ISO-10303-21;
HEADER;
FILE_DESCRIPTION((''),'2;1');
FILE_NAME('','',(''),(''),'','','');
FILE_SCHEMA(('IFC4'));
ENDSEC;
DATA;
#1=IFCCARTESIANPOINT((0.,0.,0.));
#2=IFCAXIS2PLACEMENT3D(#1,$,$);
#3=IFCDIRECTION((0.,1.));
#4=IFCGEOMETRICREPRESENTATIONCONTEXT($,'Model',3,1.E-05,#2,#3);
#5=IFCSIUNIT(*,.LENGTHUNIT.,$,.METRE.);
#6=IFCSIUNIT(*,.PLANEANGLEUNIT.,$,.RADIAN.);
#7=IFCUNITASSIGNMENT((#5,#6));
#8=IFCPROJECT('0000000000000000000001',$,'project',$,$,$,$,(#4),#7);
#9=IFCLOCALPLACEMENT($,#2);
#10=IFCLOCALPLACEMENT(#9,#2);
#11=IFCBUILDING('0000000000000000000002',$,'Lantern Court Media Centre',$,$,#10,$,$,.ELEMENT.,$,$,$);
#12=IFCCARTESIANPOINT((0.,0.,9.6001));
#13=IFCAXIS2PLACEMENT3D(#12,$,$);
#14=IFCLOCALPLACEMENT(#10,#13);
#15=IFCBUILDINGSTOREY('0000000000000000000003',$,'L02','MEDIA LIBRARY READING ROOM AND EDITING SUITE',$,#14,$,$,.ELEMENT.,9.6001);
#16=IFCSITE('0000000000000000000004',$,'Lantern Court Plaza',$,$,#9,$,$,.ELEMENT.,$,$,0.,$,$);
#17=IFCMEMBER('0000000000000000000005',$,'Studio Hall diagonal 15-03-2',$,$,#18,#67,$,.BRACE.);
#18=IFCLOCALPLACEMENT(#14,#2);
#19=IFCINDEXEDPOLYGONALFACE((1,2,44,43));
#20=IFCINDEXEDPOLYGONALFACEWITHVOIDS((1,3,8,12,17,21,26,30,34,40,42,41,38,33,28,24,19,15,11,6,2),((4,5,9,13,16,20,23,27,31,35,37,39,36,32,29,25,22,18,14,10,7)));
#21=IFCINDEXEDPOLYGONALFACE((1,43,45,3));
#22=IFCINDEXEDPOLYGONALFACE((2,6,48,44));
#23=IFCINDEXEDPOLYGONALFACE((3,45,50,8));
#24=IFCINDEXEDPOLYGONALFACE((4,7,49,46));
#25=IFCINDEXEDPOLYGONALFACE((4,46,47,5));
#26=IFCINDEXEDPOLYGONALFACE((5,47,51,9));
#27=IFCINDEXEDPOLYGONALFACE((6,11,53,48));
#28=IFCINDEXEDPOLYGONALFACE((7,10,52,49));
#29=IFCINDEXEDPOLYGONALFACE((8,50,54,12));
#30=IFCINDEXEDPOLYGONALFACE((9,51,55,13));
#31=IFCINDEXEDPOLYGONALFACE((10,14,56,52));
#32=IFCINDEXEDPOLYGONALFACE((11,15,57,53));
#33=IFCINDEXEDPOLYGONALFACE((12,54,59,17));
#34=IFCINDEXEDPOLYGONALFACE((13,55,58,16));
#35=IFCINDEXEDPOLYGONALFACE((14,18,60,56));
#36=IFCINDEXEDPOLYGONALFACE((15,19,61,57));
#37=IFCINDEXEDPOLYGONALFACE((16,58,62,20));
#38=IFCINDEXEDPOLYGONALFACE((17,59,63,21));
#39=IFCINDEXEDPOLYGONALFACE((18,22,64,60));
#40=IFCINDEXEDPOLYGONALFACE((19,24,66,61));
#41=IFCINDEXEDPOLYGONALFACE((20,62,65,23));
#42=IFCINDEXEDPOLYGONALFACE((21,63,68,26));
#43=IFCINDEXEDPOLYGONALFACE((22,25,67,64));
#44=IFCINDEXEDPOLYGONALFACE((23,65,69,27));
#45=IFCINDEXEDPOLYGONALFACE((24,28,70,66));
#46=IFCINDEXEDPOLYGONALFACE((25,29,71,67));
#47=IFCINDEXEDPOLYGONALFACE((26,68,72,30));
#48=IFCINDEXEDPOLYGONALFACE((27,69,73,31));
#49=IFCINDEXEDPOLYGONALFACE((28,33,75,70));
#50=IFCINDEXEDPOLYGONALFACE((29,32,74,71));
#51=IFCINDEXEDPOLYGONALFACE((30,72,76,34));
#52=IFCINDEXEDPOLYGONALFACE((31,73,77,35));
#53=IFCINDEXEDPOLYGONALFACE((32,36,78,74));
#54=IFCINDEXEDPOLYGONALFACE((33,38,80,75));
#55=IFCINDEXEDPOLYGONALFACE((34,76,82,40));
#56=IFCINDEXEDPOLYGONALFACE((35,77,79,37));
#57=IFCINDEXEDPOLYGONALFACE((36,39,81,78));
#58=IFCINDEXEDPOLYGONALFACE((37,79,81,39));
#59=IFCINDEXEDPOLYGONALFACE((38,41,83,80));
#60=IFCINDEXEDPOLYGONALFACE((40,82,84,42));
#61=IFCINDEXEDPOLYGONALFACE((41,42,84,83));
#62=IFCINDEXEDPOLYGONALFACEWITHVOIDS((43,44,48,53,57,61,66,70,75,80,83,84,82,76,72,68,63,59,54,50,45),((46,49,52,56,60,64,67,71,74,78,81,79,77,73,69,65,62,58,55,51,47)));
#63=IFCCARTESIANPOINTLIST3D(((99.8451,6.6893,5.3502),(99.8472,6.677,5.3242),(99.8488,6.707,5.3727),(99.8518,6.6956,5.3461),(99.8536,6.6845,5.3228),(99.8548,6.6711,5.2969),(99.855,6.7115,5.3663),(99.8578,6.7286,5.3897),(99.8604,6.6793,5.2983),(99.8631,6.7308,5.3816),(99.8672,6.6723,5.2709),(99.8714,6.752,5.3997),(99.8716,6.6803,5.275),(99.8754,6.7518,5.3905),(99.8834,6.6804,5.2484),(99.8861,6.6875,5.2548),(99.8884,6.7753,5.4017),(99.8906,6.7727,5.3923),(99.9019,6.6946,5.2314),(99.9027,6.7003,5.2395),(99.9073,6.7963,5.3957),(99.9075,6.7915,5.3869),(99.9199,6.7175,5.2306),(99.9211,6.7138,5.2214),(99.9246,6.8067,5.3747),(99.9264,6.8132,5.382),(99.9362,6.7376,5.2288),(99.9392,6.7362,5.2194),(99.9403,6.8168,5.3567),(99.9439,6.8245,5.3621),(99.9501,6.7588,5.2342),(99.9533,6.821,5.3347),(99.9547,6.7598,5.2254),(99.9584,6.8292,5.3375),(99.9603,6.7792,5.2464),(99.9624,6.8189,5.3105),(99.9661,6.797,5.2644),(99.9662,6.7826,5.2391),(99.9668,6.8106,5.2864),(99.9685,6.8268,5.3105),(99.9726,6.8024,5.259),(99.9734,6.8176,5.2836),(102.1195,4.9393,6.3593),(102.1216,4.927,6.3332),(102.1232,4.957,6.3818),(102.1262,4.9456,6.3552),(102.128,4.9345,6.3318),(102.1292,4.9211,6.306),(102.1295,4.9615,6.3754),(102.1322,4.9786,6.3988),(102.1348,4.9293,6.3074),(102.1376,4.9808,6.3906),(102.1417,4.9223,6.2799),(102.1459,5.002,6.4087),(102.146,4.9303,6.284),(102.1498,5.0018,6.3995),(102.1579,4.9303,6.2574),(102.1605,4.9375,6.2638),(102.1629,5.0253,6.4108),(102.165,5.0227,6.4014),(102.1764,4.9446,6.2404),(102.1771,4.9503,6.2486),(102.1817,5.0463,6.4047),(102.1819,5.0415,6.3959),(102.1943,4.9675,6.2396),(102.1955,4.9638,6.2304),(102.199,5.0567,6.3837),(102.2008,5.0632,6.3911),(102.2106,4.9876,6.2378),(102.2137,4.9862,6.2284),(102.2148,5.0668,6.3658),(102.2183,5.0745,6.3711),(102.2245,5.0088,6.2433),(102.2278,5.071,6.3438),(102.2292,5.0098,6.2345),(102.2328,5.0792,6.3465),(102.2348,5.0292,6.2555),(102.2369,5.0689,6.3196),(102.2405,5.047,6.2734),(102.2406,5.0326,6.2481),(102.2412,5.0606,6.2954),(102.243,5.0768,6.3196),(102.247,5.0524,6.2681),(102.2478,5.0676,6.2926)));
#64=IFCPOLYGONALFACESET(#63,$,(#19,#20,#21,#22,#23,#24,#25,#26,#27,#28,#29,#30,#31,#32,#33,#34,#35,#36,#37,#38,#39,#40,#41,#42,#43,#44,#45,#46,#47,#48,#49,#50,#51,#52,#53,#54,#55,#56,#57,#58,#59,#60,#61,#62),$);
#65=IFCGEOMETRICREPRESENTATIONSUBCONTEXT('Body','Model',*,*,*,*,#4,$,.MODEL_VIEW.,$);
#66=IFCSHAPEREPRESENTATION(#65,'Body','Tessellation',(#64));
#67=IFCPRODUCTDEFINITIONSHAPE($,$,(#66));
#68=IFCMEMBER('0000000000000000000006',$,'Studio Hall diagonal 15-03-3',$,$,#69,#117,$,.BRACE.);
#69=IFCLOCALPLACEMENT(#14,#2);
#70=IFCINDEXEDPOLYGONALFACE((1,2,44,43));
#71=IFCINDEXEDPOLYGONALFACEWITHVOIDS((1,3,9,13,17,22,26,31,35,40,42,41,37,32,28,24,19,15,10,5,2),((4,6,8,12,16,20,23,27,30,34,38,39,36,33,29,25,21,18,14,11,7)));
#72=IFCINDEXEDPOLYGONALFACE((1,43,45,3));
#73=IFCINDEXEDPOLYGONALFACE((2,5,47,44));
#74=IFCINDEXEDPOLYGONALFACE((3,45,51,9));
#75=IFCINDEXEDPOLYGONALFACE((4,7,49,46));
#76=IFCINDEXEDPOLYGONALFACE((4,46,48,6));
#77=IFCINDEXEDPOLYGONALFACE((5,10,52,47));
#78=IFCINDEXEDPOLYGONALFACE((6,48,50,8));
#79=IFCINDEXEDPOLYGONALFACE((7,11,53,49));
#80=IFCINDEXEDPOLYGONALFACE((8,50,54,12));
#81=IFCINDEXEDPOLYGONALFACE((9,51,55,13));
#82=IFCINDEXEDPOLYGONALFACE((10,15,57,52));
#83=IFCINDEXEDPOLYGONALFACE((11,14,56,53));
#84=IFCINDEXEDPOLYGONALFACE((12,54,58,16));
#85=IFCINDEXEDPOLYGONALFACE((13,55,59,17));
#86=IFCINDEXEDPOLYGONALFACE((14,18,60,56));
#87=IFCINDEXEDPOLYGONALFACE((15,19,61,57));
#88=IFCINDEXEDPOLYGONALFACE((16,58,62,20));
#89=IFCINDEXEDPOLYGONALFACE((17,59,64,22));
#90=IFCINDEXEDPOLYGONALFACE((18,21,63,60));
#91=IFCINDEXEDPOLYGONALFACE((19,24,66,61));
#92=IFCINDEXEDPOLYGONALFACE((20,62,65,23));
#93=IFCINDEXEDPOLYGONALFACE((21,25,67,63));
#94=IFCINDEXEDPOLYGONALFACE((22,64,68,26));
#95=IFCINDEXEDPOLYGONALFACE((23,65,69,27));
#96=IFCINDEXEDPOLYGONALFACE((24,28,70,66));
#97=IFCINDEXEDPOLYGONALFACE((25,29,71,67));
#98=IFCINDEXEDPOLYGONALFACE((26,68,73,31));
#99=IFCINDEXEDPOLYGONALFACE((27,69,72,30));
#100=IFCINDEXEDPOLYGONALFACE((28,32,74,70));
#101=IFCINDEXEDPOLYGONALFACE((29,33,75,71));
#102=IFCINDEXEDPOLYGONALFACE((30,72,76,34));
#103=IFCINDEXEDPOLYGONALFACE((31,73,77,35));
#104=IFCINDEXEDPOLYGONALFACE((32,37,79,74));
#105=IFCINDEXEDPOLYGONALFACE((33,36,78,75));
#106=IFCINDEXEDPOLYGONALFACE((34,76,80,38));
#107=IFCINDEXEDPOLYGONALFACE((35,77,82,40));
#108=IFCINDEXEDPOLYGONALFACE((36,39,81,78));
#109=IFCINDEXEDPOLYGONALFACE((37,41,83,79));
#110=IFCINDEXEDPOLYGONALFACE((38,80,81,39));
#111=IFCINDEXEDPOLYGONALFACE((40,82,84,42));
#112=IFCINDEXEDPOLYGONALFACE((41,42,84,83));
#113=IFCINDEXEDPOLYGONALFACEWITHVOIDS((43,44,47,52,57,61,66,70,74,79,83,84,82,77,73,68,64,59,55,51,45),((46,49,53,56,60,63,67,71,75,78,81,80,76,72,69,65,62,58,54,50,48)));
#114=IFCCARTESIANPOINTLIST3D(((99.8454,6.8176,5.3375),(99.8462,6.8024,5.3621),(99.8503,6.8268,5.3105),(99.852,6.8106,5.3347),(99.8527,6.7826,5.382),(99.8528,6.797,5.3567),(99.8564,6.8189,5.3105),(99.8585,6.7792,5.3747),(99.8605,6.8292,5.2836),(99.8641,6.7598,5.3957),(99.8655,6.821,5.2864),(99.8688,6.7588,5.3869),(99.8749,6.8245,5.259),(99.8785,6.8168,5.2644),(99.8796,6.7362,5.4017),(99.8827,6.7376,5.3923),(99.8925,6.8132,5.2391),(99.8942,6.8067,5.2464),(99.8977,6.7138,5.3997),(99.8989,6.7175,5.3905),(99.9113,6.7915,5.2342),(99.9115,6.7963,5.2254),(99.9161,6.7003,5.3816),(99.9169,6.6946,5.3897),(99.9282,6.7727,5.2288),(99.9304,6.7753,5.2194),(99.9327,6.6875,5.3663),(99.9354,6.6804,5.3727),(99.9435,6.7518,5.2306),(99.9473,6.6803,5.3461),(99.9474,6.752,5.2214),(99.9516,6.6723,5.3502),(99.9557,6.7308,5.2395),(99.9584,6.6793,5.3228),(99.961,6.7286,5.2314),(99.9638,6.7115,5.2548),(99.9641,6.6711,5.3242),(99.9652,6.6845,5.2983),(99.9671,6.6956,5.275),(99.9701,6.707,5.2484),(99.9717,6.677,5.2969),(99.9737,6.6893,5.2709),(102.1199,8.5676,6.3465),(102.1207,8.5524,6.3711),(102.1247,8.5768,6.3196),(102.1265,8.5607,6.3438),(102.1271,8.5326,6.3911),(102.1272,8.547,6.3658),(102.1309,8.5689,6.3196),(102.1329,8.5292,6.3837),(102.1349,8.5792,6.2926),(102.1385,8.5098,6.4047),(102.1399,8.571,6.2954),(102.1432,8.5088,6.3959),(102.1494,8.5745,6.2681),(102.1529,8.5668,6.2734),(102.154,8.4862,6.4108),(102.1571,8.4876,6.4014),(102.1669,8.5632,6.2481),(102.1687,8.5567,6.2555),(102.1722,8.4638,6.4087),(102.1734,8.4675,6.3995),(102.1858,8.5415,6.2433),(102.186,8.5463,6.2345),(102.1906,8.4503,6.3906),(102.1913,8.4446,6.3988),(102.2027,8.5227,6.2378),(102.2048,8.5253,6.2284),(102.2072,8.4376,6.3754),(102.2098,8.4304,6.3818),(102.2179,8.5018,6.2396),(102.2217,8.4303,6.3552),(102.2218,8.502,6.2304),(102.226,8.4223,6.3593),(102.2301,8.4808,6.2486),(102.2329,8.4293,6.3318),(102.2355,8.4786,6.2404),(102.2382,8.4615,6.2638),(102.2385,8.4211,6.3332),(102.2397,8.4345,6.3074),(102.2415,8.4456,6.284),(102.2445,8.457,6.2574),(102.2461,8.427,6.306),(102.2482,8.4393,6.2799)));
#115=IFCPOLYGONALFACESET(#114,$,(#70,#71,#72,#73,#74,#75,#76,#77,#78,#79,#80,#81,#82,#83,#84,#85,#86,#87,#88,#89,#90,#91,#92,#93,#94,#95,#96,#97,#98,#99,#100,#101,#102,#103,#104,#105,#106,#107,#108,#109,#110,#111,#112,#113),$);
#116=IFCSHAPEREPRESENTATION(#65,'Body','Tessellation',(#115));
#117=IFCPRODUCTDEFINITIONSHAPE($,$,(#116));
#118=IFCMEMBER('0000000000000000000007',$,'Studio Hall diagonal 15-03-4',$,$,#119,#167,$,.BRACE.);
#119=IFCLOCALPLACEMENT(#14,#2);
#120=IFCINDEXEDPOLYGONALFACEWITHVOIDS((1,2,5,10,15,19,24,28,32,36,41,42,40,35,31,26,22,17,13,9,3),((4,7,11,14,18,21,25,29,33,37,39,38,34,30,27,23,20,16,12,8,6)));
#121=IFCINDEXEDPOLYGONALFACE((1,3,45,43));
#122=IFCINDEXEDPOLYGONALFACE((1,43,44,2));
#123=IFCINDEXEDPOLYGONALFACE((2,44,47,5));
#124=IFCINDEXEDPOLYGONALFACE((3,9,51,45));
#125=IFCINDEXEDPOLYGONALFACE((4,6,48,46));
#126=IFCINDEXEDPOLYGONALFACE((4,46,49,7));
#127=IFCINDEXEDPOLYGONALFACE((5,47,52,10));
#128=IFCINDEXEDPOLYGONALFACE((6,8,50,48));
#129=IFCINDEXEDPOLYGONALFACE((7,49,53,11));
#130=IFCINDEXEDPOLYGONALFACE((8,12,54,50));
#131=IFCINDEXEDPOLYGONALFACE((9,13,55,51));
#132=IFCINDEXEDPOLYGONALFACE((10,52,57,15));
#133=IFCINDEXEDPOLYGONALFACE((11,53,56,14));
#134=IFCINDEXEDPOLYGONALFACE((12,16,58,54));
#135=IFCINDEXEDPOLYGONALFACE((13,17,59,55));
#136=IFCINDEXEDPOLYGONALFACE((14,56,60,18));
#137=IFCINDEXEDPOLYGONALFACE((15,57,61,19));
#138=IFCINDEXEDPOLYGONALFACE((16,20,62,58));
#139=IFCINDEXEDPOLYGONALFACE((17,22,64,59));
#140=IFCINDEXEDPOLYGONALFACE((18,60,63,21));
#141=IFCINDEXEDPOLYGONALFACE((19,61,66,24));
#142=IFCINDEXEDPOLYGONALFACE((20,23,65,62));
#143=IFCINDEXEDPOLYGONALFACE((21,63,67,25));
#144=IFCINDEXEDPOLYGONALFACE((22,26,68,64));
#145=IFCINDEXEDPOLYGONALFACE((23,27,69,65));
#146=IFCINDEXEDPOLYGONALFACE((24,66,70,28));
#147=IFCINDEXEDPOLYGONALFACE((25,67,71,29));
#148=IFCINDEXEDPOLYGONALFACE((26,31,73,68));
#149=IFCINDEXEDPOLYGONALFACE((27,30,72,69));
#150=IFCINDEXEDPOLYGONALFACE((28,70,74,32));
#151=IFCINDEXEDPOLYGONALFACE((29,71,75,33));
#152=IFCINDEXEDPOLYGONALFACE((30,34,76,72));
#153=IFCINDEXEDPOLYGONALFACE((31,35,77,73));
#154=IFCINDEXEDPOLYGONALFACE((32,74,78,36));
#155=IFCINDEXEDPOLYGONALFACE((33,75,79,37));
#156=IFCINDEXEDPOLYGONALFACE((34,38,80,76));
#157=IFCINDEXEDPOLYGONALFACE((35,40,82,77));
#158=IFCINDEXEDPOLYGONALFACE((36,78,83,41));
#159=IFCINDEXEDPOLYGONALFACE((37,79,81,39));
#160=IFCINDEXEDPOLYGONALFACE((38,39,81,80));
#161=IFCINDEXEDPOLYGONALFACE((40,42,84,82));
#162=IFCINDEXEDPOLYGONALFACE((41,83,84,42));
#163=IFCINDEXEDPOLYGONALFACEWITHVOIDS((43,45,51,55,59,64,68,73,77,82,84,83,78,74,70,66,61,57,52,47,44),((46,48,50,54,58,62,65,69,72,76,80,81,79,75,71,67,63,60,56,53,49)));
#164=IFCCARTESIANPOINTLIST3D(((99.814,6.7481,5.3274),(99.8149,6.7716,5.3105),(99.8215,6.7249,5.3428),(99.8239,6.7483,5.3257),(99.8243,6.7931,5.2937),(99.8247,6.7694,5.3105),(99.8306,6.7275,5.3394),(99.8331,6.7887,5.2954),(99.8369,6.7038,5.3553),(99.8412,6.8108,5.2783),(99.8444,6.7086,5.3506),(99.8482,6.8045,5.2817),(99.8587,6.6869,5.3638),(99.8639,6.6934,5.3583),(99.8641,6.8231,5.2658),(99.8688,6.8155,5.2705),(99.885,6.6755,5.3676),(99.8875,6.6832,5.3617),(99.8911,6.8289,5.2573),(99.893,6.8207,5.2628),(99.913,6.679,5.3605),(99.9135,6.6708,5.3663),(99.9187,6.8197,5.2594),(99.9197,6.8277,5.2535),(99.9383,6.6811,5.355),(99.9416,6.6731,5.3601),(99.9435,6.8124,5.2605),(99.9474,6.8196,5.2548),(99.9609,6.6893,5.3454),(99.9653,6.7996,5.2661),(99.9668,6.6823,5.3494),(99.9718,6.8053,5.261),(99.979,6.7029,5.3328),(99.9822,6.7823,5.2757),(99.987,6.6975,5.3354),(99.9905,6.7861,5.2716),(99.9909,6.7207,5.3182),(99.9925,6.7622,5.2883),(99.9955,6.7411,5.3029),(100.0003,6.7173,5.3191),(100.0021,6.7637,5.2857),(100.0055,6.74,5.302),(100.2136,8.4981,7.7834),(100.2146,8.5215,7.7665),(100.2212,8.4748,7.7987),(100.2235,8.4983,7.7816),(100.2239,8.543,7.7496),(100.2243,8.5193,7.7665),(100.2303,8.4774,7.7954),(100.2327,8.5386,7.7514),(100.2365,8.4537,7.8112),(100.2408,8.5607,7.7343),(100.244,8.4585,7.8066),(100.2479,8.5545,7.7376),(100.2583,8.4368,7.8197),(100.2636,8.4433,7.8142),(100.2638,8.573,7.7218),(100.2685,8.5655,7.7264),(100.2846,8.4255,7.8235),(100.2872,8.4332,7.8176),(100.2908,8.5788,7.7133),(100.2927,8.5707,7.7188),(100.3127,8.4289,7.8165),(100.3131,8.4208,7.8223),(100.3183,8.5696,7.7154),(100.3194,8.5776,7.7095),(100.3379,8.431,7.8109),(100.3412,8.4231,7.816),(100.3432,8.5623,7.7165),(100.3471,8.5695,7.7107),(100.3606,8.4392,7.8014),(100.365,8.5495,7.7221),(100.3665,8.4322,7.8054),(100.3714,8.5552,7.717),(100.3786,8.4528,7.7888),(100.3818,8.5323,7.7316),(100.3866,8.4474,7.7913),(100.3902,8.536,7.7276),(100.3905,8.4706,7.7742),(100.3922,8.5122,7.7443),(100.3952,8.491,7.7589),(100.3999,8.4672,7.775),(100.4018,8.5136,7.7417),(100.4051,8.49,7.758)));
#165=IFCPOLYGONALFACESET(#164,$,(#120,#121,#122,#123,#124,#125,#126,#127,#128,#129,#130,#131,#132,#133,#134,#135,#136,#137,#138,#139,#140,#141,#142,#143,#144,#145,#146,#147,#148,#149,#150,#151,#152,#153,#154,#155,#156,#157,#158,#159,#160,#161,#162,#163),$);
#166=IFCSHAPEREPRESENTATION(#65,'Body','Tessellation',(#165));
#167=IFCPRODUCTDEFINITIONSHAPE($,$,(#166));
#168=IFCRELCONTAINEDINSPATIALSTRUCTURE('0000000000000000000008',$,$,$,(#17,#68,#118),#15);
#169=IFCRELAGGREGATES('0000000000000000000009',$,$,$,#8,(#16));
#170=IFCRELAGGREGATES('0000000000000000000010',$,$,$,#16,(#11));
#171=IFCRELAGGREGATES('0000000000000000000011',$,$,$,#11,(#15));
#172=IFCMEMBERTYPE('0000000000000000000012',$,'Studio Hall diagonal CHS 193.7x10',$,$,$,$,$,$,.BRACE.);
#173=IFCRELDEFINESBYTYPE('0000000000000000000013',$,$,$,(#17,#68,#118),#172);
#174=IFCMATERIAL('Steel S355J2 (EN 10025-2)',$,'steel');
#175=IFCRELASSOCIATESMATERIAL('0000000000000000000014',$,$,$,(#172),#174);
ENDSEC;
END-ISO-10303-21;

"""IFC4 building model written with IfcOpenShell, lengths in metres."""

from ifc_helpers import new_model, si_unit, direction, frame, origin, origin_2d, place, context, subcontext, project, spatial, hollow_circle, extrude, material, material_profile, profile_set, type_object, element, save


model = new_model("IFC4")

# Units and contexts
model_context = context("Model", 3, precision=1e-05, world=origin(), true_north=direction((0.0, 1.0)))
body_context = subcontext(model_context, "Body", "Model", "MODEL_VIEW")
ifc_project = project(units=[si_unit("LENGTHUNIT", "METRE"), si_unit("PLANEANGLEUNIT", "RADIAN")], contexts=[model_context])

# Site, building, storey
site_placement = place(None, origin())
site = spatial("IfcSite", under=ifc_project, at=site_placement, Name="Lantern Court Plaza", CompositionType="ELEMENT", RefElevation=0.0)
building_placement = place(site_placement, origin())
building = spatial("IfcBuilding", under=site, at=building_placement, Name="Lantern Court Media Centre", CompositionType="ELEMENT")
storey_placement = place(building_placement, frame((0.0, 0.0, 9.6001)))
storey = spatial("IfcBuildingStorey", under=building, at=storey_placement, Name="L02", Description="MEDIA LIBRARY READING ROOM AND EDITING SUITE", CompositionType="ELEMENT", Elevation=9.6001)

# Members
ifc_material_1 = material(Name="Steel S355J2 (EN 10025-2)", Category="steel")
ifc_material_profile_1 = material_profile(ifc_material_1, hollow_circle(Radius=0.0969, WallThickness=0.01, at=origin_2d()), Name="Studio Hall diagonal CHS 193.7x10")
ifc_profile_set_1 = profile_set([ifc_material_profile_1], Name="Steel S355J2 (EN 10025-2)")
member_type_1 = type_object("IfcMemberType", Name="Studio Hall diagonal CHS 193.7x10", PredefinedType="BRACE", material=ifc_profile_set_1)
for number, where, z_axis, x_axis, name in (
    (1, (99.9094, 6.75, 5.3105), (0.747677, -0.575284, 0.331703), (0.609809, 0.792548, 0.0), "Studio Hall diagonal 15-03-2"),
    (2, (99.9094, 6.75, 5.3105), (0.747677, 0.575284, 0.331703), (-0.609809, 0.792548, 0.0), "Studio Hall diagonal 15-03-3"),
    (3, (99.9094, 6.75, 5.3105), (0.131375, 0.575259, 0.807352), (-0.9749, 0.222644, 0.0), "Studio Hall diagonal 15-03-4"),
):
    element("IfcMember", number, at=place(storey_placement, frame(where, z_axis=z_axis, x_axis=x_axis)), inside=storey, type_object=member_type_1, Name=name, PredefinedType="BRACE", context=body_context, shape_type="SweptSolid", body=[
        extrude(hollow_circle(Radius=0.0969, WallThickness=0.01, at=origin_2d()), origin(), (0.0, 0.0, 1.0), 3.042),
    ])

save(model, "model.ifc")
